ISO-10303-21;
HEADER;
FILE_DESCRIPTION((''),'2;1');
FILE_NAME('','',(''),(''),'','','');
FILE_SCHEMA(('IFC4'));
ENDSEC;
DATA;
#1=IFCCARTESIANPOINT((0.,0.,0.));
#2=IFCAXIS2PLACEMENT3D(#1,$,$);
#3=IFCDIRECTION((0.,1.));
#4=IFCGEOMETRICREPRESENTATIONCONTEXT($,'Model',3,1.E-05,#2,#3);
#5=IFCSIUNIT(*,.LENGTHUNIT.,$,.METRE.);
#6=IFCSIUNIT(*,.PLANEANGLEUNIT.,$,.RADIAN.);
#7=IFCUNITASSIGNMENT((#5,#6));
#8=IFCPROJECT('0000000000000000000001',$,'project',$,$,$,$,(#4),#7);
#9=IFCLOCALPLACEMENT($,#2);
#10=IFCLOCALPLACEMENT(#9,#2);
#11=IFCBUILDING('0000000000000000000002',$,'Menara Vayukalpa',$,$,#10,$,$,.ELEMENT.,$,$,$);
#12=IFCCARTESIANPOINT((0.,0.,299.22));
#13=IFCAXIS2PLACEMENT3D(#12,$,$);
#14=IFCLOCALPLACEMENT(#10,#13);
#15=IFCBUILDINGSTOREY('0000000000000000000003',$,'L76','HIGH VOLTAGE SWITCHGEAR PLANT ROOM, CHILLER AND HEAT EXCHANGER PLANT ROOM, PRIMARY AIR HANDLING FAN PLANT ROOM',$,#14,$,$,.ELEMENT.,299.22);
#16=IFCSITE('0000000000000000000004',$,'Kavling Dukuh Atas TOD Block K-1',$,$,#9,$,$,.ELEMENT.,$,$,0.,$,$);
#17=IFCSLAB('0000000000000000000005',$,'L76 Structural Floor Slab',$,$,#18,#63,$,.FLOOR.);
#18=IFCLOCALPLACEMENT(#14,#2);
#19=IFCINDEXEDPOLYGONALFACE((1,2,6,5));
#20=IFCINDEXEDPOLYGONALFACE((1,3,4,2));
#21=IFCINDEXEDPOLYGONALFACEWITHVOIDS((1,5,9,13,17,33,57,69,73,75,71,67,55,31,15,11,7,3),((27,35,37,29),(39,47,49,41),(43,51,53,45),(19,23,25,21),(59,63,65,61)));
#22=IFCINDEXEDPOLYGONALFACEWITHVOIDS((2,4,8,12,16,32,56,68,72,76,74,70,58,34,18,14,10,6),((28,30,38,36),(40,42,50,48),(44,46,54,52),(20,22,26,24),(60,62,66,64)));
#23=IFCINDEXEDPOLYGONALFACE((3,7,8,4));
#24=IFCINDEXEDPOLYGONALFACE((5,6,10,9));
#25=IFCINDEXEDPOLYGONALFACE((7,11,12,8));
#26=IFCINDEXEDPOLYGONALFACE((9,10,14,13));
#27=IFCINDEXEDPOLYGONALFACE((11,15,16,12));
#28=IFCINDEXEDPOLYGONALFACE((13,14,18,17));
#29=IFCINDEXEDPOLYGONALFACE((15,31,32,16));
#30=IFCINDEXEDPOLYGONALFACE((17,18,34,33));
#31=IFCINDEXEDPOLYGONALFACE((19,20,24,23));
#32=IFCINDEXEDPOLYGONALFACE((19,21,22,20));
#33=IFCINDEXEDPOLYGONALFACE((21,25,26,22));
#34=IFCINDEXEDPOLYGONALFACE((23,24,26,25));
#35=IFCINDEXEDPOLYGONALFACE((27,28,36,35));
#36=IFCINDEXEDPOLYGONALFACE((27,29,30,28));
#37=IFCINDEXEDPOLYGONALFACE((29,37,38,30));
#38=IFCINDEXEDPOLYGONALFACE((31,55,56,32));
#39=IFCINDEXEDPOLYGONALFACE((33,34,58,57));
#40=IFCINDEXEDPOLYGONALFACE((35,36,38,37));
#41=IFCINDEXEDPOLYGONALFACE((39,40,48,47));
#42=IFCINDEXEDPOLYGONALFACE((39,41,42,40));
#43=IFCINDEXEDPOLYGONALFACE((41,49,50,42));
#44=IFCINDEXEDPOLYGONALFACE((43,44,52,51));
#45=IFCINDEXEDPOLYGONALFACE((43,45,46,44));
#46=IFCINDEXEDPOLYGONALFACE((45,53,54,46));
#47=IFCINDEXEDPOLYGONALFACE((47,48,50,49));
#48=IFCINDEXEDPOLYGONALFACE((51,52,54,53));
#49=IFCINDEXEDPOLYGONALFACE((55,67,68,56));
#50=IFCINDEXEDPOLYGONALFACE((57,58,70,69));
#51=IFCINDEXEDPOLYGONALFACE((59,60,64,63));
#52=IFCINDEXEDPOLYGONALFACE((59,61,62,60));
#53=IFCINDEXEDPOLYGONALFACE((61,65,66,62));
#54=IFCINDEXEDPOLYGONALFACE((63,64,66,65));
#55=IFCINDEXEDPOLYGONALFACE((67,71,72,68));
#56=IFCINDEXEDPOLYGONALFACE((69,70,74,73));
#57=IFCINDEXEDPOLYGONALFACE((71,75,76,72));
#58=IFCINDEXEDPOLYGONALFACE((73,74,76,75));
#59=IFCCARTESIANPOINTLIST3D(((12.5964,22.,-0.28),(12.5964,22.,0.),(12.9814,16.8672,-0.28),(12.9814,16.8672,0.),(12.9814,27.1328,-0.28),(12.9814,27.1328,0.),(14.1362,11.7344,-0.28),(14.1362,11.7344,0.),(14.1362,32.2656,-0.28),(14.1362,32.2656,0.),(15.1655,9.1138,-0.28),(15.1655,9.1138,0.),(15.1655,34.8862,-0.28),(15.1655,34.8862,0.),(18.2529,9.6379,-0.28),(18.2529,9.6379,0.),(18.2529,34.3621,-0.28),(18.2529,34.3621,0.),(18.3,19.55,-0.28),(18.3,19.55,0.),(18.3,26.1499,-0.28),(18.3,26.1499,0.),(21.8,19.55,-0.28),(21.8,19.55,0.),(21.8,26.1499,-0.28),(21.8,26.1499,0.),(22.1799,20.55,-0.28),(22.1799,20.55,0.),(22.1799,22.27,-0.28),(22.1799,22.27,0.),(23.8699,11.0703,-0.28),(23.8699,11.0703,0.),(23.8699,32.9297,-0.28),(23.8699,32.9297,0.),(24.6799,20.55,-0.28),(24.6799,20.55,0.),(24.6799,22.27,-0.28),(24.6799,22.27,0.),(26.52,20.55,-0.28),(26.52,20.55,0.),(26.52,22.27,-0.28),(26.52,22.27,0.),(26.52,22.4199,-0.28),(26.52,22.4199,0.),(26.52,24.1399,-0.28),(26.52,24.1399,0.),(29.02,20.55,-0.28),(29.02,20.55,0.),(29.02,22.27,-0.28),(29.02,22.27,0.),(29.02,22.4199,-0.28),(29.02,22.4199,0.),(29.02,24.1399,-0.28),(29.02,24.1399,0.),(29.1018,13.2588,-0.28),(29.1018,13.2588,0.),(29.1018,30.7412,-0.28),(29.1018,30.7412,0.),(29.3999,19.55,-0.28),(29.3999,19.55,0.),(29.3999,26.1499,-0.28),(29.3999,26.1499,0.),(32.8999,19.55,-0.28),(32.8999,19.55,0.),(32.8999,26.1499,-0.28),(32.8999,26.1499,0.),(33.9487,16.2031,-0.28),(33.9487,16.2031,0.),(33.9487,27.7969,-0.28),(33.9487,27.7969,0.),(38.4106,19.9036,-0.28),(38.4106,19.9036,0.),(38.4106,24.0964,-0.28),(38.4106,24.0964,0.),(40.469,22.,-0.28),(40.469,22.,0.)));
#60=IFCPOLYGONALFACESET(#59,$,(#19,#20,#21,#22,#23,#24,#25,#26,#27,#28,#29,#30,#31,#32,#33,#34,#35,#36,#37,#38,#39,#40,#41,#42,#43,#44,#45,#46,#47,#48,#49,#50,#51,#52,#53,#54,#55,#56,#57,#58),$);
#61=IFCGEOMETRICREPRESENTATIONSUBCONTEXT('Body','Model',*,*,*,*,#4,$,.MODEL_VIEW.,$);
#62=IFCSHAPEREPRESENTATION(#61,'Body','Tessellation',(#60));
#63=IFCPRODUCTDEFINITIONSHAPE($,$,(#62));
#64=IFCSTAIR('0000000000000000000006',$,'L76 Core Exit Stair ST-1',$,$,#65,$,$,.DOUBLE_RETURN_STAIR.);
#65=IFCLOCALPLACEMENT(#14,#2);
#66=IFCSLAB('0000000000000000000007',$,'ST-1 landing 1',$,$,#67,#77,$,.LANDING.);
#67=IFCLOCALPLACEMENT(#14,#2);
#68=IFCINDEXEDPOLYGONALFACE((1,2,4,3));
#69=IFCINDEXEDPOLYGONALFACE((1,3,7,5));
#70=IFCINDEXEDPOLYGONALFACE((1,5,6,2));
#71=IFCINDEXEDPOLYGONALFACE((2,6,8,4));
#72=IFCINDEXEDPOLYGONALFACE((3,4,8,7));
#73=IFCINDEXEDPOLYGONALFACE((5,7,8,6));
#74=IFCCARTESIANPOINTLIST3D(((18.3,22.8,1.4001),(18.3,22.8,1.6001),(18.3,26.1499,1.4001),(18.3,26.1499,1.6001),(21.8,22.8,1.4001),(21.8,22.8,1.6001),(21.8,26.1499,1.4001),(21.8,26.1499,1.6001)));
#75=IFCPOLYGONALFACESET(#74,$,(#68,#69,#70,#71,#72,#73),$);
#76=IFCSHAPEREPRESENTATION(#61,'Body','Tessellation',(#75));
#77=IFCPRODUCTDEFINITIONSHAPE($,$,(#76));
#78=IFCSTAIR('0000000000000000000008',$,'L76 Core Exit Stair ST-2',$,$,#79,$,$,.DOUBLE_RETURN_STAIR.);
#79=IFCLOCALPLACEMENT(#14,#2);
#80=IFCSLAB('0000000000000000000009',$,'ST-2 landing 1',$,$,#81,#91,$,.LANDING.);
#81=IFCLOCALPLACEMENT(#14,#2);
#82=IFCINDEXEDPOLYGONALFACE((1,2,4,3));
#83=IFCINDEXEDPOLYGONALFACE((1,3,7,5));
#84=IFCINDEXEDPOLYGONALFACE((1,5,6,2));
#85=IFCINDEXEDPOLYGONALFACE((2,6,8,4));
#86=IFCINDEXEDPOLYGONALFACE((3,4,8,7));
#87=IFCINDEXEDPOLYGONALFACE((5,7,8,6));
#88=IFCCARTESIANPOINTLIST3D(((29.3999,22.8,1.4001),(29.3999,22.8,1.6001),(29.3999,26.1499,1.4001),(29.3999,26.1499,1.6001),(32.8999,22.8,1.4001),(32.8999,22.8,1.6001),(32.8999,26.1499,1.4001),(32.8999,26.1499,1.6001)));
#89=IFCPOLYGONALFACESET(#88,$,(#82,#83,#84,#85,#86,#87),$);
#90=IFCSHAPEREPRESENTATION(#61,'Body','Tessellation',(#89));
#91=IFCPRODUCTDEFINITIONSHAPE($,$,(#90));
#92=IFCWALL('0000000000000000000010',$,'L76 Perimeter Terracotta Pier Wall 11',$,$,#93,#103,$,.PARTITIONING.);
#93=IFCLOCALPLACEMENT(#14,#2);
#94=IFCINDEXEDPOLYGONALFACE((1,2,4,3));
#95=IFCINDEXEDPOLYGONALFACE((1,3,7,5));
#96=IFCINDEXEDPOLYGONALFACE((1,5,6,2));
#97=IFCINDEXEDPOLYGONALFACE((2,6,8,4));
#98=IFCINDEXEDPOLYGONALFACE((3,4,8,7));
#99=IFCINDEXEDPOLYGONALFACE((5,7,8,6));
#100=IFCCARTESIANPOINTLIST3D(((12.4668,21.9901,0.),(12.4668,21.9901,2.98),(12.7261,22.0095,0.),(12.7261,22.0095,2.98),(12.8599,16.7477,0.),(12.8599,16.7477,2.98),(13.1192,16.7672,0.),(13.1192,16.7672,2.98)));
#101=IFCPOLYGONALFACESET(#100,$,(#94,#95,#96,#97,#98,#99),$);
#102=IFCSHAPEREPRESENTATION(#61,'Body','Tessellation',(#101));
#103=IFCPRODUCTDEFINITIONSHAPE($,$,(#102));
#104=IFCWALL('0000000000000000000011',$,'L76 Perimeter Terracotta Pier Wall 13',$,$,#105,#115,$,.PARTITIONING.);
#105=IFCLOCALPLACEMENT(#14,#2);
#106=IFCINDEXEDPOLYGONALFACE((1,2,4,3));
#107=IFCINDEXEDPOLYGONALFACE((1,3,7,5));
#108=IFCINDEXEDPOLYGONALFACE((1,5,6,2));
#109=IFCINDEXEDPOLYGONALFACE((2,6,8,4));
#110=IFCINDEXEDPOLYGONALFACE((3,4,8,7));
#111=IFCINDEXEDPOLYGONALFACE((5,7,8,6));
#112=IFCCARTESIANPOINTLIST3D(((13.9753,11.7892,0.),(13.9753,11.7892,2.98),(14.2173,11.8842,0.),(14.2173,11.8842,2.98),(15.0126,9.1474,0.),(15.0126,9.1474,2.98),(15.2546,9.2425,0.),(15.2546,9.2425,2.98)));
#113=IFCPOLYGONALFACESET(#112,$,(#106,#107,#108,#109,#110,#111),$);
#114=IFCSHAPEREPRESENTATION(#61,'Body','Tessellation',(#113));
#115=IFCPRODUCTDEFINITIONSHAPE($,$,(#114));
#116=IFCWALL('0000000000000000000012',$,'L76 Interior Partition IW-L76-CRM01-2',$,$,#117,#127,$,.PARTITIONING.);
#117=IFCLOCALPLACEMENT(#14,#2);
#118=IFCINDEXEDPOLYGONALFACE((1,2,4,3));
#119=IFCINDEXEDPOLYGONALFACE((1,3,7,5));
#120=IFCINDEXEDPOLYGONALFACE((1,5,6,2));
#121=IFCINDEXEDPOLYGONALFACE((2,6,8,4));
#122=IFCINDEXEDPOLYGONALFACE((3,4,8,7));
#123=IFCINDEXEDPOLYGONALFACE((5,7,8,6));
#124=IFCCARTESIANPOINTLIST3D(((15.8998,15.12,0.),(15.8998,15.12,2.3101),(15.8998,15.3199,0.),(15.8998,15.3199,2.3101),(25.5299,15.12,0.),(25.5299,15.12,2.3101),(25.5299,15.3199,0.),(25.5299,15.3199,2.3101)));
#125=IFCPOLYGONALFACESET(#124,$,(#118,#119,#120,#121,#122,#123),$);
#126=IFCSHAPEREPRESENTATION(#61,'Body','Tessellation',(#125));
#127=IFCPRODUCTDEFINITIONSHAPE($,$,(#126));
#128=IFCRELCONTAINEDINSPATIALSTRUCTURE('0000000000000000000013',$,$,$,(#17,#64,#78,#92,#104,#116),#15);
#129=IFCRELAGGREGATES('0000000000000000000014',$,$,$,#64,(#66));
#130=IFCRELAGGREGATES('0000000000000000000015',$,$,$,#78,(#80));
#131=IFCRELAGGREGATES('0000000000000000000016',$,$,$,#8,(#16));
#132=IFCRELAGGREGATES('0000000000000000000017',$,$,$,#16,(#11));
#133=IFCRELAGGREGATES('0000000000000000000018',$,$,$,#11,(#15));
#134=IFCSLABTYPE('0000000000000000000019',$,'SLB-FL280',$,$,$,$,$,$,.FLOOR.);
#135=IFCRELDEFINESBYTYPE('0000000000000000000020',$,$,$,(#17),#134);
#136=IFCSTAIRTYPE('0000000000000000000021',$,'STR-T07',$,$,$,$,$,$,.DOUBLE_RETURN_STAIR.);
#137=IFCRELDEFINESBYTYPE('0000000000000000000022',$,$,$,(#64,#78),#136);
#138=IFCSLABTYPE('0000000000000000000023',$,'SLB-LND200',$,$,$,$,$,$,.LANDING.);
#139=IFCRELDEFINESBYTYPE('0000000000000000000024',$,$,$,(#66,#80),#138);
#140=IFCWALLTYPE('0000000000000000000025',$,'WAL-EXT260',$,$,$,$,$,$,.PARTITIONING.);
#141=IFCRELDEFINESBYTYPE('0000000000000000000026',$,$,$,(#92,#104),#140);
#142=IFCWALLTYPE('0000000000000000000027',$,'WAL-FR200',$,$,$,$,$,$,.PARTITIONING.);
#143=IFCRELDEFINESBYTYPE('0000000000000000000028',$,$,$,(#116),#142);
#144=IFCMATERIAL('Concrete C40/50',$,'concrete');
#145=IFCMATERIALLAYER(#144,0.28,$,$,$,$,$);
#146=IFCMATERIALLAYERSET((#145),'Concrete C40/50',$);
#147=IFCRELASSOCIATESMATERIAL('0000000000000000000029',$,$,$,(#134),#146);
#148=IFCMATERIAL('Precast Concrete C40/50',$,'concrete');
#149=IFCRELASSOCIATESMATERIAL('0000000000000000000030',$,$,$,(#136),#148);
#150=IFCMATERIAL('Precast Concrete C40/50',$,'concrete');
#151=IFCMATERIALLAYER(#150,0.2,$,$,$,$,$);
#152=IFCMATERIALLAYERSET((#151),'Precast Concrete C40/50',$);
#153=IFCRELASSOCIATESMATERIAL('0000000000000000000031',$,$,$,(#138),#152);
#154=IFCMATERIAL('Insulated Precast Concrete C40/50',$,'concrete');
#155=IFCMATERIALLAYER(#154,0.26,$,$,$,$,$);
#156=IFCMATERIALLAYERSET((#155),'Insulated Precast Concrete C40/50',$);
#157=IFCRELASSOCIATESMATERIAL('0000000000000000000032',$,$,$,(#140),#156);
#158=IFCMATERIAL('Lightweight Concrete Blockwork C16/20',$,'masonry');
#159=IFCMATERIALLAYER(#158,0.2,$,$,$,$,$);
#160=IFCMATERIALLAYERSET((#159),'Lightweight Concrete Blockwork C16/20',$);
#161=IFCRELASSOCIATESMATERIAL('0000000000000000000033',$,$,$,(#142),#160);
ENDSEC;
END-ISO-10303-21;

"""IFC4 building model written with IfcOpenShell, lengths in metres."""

from ifc_helpers import new_model, si_unit, direction, frame, frame_2d, origin, place, context, subcontext, project, spatial, polyline, rectangle, outline, extrude, material, layer, layer_set, type_object, element, aggregate, save


model = new_model("IFC4")

# Units and contexts
model_context = context("Model", 3, precision=1e-05, world=origin(), true_north=direction((0.0, 1.0)))
body_context = subcontext(model_context, "Body", "Model", "MODEL_VIEW")
ifc_project = project(units=[si_unit("LENGTHUNIT", "METRE"), si_unit("PLANEANGLEUNIT", "RADIAN")], contexts=[model_context])

# Site, building, storey
site_placement = place(None, origin())
site = spatial("IfcSite", under=ifc_project, at=site_placement, Name="Kavling Dukuh Atas TOD Block K-1", CompositionType="ELEMENT", RefElevation=0.0)
building_placement = place(site_placement, origin())
building = spatial("IfcBuilding", under=site, at=building_placement, Name="Menara Vayukalpa", CompositionType="ELEMENT")
storey_placement = place(building_placement, frame((0.0, 0.0, 299.22)))
storey = spatial("IfcBuildingStorey", under=building, at=storey_placement, Name="L76", Description="HIGH VOLTAGE SWITCHGEAR PLANT ROOM, CHILLER AND HEAT EXCHANGER PLANT ROOM, PRIMARY AIR HANDLING FAN PLANT ROOM", CompositionType="ELEMENT", Elevation=299.22)

# Slab
ifc_material_1 = material(Name="Concrete C40/50", Category="concrete")
ifc_layer_1 = layer(ifc_material_1, 0.28)
ifc_layer_set_1 = layer_set([ifc_layer_1], Name="Concrete C40/50")
slab_type_1 = type_object("IfcSlabType", Name="SLB-FL280", PredefinedType="FLOOR", material=ifc_layer_set_1)
slab_1_placement = place(storey_placement, frame((0.0, 0.0, -0.28)))
element("IfcSlab", 1, at=slab_1_placement, inside=storey, type_object=slab_type_1, Name="L76 Structural Floor Slab", PredefinedType="FLOOR", context=body_context, shape_type="SweptSolid", body=[
    extrude(outline(polyline([(38.4106, 19.9036), (40.469, 22.0), (38.4106, 24.0964), (33.9487, 27.7969), (29.1018, 30.7412), (23.8699, 32.9297), (18.2529, 34.3621), (15.1655, 34.8862), (14.1362, 32.2656), (12.9814, 27.1328), (12.5964, 22.0), (12.9814, 16.8672), (14.1362, 11.7344), (15.1655, 9.1138), (18.2529, 9.6379), (23.8699, 11.0703), (29.1018, 13.2588), (33.9487, 16.2031), (38.4106, 19.9036)]), holes=[polyline([(21.8, 19.55), (21.8, 26.1499), (18.3, 26.1499), (18.3, 19.55), (21.8, 19.55)]), polyline([(32.8999, 19.55), (32.8999, 26.1499), (29.3999, 26.1499), (29.3999, 19.55), (32.8999, 19.55)]), polyline([(22.1799, 20.55), (24.6799, 20.55), (24.6799, 22.27), (22.1799, 22.27), (22.1799, 20.55)]), polyline([(26.52, 20.55), (29.02, 20.55), (29.02, 22.27), (26.52, 22.27), (26.52, 20.55)]), polyline([(26.52, 22.4199), (29.02, 22.4199), (29.02, 24.1399), (26.52, 24.1399), (26.52, 22.4199)])]), origin(), (0.0, 0.0, 1.0), 0.28),
])

# Stairs, slabs
ifc_material_2 = material(Name="Precast Concrete C40/50", Category="concrete")
stair_type = type_object("IfcStairType", Name="STR-T07", PredefinedType="DOUBLE_RETURN_STAIR", material=ifc_material_2)
stair_1_placement = place(storey_placement, origin())
stair_1 = element("IfcStair", 2, at=stair_1_placement, inside=storey, type_object=stair_type, Name="L76 Core Exit Stair ST-1", PredefinedType="DOUBLE_RETURN_STAIR")
ifc_material_3 = material(Name="Precast Concrete C40/50", Category="concrete")
ifc_layer_2 = layer(ifc_material_3, 0.2)
ifc_layer_set_2 = layer_set([ifc_layer_2], Name="Precast Concrete C40/50")
slab_type_2 = type_object("IfcSlabType", Name="SLB-LND200", PredefinedType="LANDING", material=ifc_layer_set_2)
slab_2_placement = place(storey_placement, frame((0.0, 0.0, 1.4001)))
slab_2 = element("IfcSlab", 3, at=slab_2_placement, type_object=slab_type_2, Name="ST-1 landing 1", PredefinedType="LANDING", context=body_context, shape_type="SweptSolid", body=[
    extrude(outline(polyline([(21.8, 22.8), (21.8, 26.1499), (18.3, 26.1499), (18.3, 22.8), (21.8, 22.8)])), origin(), (0.0, 0.0, 1.0), 0.2),
])
aggregate(stair_1, [slab_2])
stair_2_placement = place(storey_placement, origin())
stair_2 = element("IfcStair", 4, at=stair_2_placement, inside=storey, type_object=stair_type, Name="L76 Core Exit Stair ST-2", PredefinedType="DOUBLE_RETURN_STAIR")
slab_3_placement = place(storey_placement, frame((0.0, 0.0, 1.4001)))
slab_3 = element("IfcSlab", 5, at=slab_3_placement, type_object=slab_type_2, Name="ST-2 landing 1", PredefinedType="LANDING", context=body_context, shape_type="SweptSolid", body=[
    extrude(outline(polyline([(32.8999, 22.8), (32.8999, 26.1499), (29.3999, 26.1499), (29.3999, 22.8), (32.8999, 22.8)])), origin(), (0.0, 0.0, 1.0), 0.2),
])
aggregate(stair_2, [slab_3])

# Walls
ifc_material_4 = material(Name="Insulated Precast Concrete C40/50", Category="concrete")
ifc_layer_3 = layer(ifc_material_4, 0.26)
ifc_layer_set_3 = layer_set([ifc_layer_3], Name="Insulated Precast Concrete C40/50")
wall_type_1 = type_object("IfcWallType", Name="WAL-EXT260", PredefinedType="PARTITIONING", material=ifc_layer_set_3)
wall_1_placement = place(storey_placement, frame((12.9895, 16.7576, 0.0), z_axis=(0.0, 0.0, 1.0), x_axis=(-0.074768, 0.997201, 0.0)))
element("IfcWall", 6, at=wall_1_placement, inside=storey, type_object=wall_type_1, Name="L76 Perimeter Terracotta Pier Wall 11", PredefinedType="PARTITIONING", context=body_context, shape_type="SweptSolid", body=[
    extrude(rectangle(XDim=5.2571, YDim=0.26, at=frame_2d((2.6284, 0.0))), origin(), (0.0, 0.0, 1.0), 2.98),
])
wall_2_placement = place(storey_placement, frame((15.1335, 9.1951, 0.0), z_axis=(0.0, 0.0, 1.0), x_axis=(-0.365495, 0.930813, 0.0)))
element("IfcWall", 7, at=wall_2_placement, inside=storey, type_object=wall_type_1, Name="L76 Perimeter Terracotta Pier Wall 13", PredefinedType="PARTITIONING", context=body_context, shape_type="SweptSolid", body=[
    extrude(rectangle(XDim=2.8381, YDim=0.26, at=frame_2d((1.4189, 0.0))), origin(), (0.0, 0.0, 1.0), 2.98),
])
ifc_material_5 = material(Name="Lightweight Concrete Blockwork C16/20", Category="masonry")
ifc_layer_4 = layer(ifc_material_5, 0.2)
ifc_layer_set_4 = layer_set([ifc_layer_4], Name="Lightweight Concrete Blockwork C16/20")
wall_type_2 = type_object("IfcWallType", Name="WAL-FR200", PredefinedType="PARTITIONING", material=ifc_layer_set_4)
wall_3_placement = place(storey_placement, frame((15.8999, 15.22, 0.0), z_axis=(0.0, 0.0, 1.0), x_axis=(1.0, 0.0, 0.0)))
element("IfcWall", 8, at=wall_3_placement, inside=storey, type_object=wall_type_2, Name="L76 Interior Partition IW-L76-CRM01-2", PredefinedType="PARTITIONING", context=body_context, shape_type="SweptSolid", body=[
    extrude(rectangle(XDim=9.6301, YDim=0.2, at=frame_2d((4.8149, 0.0))), origin(), (0.0, 0.0, 1.0), 2.3101),
])

save(model, "model.ifc")
